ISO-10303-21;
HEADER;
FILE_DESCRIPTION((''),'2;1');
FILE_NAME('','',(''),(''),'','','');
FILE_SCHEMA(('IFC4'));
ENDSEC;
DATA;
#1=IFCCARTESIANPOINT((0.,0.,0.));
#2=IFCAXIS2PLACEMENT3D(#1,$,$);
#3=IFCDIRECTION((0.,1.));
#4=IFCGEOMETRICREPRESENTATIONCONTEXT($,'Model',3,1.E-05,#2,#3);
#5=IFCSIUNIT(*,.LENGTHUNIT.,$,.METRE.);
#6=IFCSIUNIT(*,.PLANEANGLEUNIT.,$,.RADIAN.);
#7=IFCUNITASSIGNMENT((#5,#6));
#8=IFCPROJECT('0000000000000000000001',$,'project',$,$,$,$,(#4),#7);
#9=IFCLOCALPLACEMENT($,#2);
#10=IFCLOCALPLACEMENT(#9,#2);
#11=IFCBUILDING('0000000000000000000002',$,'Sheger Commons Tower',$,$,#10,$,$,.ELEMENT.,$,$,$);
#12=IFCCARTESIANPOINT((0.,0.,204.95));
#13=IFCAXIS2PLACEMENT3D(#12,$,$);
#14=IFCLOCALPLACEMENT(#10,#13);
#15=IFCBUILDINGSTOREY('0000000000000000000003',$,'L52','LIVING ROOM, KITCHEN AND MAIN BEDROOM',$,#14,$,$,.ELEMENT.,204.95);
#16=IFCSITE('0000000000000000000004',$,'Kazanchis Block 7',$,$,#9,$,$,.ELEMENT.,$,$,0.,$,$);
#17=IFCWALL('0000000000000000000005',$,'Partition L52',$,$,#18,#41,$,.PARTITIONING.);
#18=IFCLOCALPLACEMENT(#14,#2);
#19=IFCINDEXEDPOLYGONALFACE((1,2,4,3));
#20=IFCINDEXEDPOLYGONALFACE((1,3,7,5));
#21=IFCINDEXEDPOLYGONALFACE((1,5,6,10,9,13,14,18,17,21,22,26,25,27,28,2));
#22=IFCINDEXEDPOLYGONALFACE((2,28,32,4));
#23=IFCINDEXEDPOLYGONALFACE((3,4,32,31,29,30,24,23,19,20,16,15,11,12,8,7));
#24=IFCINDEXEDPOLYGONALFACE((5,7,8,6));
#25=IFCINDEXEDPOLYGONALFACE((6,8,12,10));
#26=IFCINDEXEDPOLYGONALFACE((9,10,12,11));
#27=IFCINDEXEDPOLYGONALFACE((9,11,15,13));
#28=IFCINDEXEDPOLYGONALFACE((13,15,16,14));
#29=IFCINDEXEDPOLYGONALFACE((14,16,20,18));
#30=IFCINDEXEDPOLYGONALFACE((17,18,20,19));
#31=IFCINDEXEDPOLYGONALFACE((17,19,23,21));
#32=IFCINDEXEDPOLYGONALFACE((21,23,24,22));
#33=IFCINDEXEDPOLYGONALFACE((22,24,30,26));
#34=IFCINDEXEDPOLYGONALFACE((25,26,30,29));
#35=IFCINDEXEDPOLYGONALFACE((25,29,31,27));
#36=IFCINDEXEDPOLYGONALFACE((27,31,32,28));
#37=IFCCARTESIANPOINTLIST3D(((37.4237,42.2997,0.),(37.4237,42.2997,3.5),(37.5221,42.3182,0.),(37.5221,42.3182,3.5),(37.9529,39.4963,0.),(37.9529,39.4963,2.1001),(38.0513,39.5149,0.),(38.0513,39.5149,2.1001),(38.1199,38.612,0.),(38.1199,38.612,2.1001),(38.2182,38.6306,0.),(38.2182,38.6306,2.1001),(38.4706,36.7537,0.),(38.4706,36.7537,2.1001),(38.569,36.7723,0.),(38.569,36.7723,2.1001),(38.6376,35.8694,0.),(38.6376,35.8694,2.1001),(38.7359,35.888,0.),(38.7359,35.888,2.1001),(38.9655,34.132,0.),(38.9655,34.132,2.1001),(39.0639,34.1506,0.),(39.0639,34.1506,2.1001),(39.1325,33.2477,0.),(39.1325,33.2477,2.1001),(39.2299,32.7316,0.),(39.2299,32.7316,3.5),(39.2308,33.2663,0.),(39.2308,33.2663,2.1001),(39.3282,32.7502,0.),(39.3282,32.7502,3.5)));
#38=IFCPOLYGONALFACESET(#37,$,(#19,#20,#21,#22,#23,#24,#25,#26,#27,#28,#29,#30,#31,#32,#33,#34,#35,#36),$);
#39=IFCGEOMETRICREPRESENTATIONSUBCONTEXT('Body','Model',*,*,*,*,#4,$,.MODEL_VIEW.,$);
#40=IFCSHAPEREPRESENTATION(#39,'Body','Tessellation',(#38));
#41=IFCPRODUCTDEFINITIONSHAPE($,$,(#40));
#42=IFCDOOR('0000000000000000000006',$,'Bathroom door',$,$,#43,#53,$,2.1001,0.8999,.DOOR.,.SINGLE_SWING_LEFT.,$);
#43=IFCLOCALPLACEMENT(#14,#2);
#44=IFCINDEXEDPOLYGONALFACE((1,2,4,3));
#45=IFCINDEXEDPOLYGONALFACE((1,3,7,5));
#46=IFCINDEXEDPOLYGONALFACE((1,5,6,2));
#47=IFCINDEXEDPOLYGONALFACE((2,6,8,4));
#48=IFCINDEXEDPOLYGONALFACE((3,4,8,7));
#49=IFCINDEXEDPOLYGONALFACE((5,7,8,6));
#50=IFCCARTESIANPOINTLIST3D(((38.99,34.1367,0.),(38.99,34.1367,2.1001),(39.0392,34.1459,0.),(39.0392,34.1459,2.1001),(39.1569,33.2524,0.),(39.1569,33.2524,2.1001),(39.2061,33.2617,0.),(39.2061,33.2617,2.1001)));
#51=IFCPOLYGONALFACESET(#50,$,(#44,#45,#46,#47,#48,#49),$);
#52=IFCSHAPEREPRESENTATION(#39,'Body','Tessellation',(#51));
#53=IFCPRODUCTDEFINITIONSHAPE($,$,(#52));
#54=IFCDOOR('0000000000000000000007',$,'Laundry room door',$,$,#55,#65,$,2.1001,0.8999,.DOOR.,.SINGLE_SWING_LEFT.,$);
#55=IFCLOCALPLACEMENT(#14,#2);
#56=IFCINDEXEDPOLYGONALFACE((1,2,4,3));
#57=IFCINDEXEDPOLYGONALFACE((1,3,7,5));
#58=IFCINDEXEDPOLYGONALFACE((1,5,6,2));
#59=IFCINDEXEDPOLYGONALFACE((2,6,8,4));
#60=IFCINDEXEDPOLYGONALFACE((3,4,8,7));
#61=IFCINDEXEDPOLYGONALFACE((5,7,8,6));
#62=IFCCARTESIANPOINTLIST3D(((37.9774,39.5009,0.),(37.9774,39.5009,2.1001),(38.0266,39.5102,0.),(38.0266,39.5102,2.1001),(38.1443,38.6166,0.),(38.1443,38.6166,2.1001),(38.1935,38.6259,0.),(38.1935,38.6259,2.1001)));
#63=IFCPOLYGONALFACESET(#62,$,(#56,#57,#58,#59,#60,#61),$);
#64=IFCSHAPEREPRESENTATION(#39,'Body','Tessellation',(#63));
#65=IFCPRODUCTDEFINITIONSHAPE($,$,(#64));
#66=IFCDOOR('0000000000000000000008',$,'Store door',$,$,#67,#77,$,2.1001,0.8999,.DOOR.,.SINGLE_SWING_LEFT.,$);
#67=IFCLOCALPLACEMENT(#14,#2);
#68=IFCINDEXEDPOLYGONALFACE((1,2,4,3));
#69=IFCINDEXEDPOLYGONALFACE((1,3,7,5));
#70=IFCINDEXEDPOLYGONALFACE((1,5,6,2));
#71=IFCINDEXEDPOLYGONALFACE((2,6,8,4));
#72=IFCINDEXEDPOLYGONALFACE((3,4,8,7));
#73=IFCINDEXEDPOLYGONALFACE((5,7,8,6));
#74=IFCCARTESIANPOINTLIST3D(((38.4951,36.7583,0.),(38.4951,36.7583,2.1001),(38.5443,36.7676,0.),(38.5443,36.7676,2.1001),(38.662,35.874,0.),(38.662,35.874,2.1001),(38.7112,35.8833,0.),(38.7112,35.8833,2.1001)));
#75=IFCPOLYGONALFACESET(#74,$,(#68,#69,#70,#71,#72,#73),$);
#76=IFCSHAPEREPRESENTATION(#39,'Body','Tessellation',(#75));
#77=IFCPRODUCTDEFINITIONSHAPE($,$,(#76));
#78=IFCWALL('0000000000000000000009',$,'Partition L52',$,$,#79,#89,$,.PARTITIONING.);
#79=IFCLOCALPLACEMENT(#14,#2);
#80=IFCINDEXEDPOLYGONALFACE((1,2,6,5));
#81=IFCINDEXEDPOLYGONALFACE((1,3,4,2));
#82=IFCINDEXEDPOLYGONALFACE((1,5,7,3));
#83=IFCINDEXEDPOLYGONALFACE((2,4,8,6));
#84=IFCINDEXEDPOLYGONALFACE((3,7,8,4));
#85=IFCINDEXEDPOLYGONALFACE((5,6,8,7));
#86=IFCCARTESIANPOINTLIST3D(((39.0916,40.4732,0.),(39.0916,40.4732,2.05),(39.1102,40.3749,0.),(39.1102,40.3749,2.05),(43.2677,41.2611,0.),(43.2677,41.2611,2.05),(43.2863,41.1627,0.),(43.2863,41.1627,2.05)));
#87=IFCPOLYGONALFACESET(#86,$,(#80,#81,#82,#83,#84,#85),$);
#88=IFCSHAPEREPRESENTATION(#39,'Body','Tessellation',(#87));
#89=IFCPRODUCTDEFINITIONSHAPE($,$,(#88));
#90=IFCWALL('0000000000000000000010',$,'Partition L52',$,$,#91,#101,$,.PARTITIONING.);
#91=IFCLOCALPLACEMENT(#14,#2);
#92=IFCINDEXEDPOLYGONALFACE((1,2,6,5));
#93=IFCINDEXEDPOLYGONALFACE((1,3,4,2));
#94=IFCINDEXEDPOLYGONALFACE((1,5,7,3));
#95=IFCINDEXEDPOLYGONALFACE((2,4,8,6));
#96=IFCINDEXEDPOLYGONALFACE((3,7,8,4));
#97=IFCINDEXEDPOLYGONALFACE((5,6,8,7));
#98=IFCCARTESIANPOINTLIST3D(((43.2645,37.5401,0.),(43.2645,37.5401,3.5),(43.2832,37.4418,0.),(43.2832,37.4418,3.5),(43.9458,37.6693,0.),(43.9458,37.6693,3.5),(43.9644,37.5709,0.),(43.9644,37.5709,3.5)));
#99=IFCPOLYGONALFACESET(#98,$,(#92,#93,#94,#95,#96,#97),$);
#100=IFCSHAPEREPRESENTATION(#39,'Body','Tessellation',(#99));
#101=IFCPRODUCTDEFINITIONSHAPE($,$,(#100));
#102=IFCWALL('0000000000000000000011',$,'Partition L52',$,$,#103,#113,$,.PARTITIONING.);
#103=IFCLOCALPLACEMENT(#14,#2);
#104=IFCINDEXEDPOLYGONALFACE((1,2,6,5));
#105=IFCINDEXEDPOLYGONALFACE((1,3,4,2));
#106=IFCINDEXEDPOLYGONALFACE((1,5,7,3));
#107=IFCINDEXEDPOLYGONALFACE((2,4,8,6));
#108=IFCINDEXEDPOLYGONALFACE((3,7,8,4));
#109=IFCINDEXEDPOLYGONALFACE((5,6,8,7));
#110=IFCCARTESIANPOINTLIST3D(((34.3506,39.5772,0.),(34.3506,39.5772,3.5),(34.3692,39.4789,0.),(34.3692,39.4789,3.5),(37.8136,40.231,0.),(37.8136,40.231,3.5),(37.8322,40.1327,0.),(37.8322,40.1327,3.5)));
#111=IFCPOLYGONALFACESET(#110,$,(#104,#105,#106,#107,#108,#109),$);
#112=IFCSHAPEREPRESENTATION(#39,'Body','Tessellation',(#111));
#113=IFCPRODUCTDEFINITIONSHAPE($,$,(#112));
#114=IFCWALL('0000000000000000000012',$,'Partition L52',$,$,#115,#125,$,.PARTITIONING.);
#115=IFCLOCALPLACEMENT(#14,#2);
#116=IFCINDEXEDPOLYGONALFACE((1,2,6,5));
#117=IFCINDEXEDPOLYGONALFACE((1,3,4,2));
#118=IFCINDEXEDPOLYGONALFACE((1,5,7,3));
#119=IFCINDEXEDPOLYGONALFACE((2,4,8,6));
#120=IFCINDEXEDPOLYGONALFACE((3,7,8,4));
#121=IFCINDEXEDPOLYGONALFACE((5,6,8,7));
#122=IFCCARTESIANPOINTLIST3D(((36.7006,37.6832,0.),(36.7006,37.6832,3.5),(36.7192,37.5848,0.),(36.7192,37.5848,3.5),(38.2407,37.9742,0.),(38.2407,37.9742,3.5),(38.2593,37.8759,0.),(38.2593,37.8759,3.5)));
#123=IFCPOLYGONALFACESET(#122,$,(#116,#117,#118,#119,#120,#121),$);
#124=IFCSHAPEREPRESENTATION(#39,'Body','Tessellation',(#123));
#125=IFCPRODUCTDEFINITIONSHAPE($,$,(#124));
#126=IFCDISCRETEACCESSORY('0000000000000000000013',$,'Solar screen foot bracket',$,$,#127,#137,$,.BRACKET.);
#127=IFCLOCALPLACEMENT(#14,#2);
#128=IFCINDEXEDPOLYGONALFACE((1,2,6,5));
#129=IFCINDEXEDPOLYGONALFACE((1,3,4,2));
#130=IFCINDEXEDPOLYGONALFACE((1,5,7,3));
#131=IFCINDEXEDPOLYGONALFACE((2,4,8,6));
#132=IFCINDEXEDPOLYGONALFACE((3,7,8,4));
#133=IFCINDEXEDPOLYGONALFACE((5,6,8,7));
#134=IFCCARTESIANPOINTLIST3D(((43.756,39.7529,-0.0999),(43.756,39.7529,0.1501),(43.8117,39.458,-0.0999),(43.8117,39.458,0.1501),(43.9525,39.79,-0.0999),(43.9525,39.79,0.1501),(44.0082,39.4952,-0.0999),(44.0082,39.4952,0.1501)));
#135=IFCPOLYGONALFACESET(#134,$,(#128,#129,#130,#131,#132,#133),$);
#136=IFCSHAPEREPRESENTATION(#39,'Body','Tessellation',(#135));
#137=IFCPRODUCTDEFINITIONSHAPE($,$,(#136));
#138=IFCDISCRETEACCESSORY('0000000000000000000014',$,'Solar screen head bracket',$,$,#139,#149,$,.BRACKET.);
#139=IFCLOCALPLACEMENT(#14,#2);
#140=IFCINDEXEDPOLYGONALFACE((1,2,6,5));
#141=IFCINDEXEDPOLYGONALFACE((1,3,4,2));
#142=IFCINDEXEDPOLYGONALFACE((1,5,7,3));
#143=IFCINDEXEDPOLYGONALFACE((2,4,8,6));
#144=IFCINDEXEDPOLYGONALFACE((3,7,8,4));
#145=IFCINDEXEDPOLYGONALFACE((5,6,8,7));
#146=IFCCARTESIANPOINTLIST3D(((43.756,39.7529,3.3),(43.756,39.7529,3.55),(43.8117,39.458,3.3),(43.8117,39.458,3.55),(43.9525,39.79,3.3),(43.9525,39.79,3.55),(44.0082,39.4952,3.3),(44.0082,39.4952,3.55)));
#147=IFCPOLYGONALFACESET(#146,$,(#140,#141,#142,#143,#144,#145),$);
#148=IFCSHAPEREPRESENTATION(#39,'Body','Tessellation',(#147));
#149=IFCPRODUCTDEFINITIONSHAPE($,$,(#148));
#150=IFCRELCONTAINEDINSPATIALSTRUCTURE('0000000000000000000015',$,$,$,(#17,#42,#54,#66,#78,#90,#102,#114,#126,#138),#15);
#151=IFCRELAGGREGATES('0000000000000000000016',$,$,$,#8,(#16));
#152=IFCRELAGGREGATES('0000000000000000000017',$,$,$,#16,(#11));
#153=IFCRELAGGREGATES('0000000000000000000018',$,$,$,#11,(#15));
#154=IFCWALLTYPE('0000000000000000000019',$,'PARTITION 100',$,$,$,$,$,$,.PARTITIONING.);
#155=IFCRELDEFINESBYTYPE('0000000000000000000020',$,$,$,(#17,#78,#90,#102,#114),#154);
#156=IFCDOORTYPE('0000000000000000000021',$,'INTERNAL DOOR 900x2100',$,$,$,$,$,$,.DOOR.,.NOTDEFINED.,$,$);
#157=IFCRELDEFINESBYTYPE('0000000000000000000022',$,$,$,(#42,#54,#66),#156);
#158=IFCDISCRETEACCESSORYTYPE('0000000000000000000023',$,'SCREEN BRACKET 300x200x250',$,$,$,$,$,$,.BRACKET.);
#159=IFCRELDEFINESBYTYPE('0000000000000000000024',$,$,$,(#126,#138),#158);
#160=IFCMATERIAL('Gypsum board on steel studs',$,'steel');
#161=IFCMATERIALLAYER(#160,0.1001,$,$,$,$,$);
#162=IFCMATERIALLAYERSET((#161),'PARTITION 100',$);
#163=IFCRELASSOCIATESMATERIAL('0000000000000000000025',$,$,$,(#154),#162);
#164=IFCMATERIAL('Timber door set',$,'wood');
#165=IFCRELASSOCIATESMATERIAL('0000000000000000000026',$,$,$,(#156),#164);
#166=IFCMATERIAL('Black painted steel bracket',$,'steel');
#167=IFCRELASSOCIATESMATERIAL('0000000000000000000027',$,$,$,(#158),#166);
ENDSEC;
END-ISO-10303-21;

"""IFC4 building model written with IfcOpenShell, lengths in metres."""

from ifc_helpers import new_model, si_unit, direction, frame, frame_2d, origin, origin_2d, place, context, subcontext, project, spatial, rectangle, extrude, material, layer, layer_set, type_object, element, fill, save


model = new_model("IFC4")

# Units and contexts
model_context = context("Model", 3, precision=1e-05, world=origin(), true_north=direction((0.0, 1.0)))
body_context = subcontext(model_context, "Body", "Model", "MODEL_VIEW")
ifc_project = project(units=[si_unit("LENGTHUNIT", "METRE"), si_unit("PLANEANGLEUNIT", "RADIAN")], contexts=[model_context])

# Site, building, storey
site_placement = place(None, origin())
site = spatial("IfcSite", under=ifc_project, at=site_placement, Name="Kazanchis Block 7", CompositionType="ELEMENT", RefElevation=0.0)
building_placement = place(site_placement, origin())
building = spatial("IfcBuilding", under=site, at=building_placement, Name="Sheger Commons Tower", CompositionType="ELEMENT")
storey_placement = place(building_placement, frame((0.0, 0.0, 204.95)))
storey = spatial("IfcBuildingStorey", under=building, at=storey_placement, Name="L52", Description="LIVING ROOM, KITCHEN AND MAIN BEDROOM", CompositionType="ELEMENT", Elevation=204.95)

# Shared definitions
ifc_material_1 = material(Name="Gypsum board on steel studs", Category="steel")
ifc_layer_1 = layer(ifc_material_1, 0.1001)
ifc_layer_set_1 = layer_set([ifc_layer_1], Name="PARTITION 100")
wall_type_1 = type_object("IfcWallType", Name="PARTITION 100", PredefinedType="PARTITIONING", material=ifc_layer_set_1)

# Wall, openings, doors
ifc_material_2 = material(Name="Timber door set", Category="wood")
door_type = type_object("IfcDoorType", Name="INTERNAL DOOR 900x2100", OperationType="NOTDEFINED", PredefinedType="DOOR", material=ifc_material_2)
wall_1_placement = place(storey_placement, frame((37.4729, 42.3091, 0.0), z_axis=(0.0, 0.0, 1.0), x_axis=(0.185492, -0.982646, 0.0)))
wall_1 = element("IfcWall", 1, at=wall_1_placement, inside=storey, type_object=wall_type_1, Name="Partition L52", PredefinedType="PARTITIONING", context=body_context, shape_type="SweptSolid", body=[
    extrude(rectangle(XDim=9.7371, YDim=0.1001, at=frame_2d((4.8687, 0.0))), origin(), (0.0, 0.0, 1.0), 3.5),
])
opening_1_placement = place(wall_1_placement, frame((8.312, 0.0, 0.0)))
opening_1 = element("IfcOpeningElement", 2, at=opening_1_placement, cuts=wall_1, PredefinedType="OPENING", context=body_context, shape_type="SweptSolid", body=[
    extrude(rectangle(XDim=0.8999, YDim=2.1001, at=frame_2d((0.45, 1.05))), frame((0.0, 0.0601, 0.0), z_axis=(0.0, -1.0, 0.0), x_axis=(1.0, 0.0, 0.0)), (0.0, 0.0, 1.0), 0.1201),
])
opening_2_placement = place(wall_1_placement, frame((2.853, 0.0, 0.0)))
opening_2 = element("IfcOpeningElement", 3, at=opening_2_placement, cuts=wall_1, PredefinedType="OPENING", context=body_context, shape_type="SweptSolid", body=[
    extrude(rectangle(XDim=0.8999, YDim=2.1001, at=frame_2d((0.45, 1.05))), frame((0.0, 0.0601, 0.0), z_axis=(0.0, -1.0, 0.0), x_axis=(1.0, 0.0, 0.0)), (0.0, 0.0, 1.0), 0.1201),
])
opening_3_placement = place(wall_1_placement, frame((5.644, 0.0, 0.0)))
opening_3 = element("IfcOpeningElement", 4, at=opening_3_placement, cuts=wall_1, PredefinedType="OPENING", context=body_context, shape_type="SweptSolid", body=[
    extrude(rectangle(XDim=0.8999, YDim=2.1001, at=frame_2d((0.45, 1.05))), frame((0.0, 0.0601, 0.0), z_axis=(0.0, -1.0, 0.0), x_axis=(1.0, 0.0, 0.0)), (0.0, 0.0, 1.0), 0.1201),
])
door_1_placement = place(opening_1_placement, origin())
door_1 = element("IfcDoor", 5, at=door_1_placement, inside=storey, type_object=door_type, Name="Bathroom door", OperationType="SINGLE_SWING_LEFT", OverallHeight=2.1001, OverallWidth=0.8999, PredefinedType="DOOR", context=body_context, shape_type="SweptSolid", body=[
    extrude(rectangle(XDim=0.8999, YDim=2.1001, at=frame_2d((0.45, 1.05))), frame((0.0, 0.0249, 0.0), z_axis=(0.0, -1.0, 0.0), x_axis=(1.0, 0.0, 0.0)), (0.0, 0.0, 1.0), 0.05),
])
fill(opening_1, door_1)
door_2_placement = place(opening_2_placement, origin())
door_2 = element("IfcDoor", 6, at=door_2_placement, inside=storey, type_object=door_type, Name="Laundry room door", OperationType="SINGLE_SWING_LEFT", OverallHeight=2.1001, OverallWidth=0.8999, PredefinedType="DOOR", context=body_context, shape_type="SweptSolid", body=[
    extrude(rectangle(XDim=0.8999, YDim=2.1001, at=frame_2d((0.45, 1.05))), frame((0.0, 0.0249, 0.0), z_axis=(0.0, -1.0, 0.0), x_axis=(1.0, 0.0, 0.0)), (0.0, 0.0, 1.0), 0.05),
])
fill(opening_2, door_2)
door_3_placement = place(opening_3_placement, origin())
door_3 = element("IfcDoor", 7, at=door_3_placement, inside=storey, type_object=door_type, Name="Store door", OperationType="SINGLE_SWING_LEFT", OverallHeight=2.1001, OverallWidth=0.8999, PredefinedType="DOOR", context=body_context, shape_type="SweptSolid", body=[
    extrude(rectangle(XDim=0.8999, YDim=2.1001, at=frame_2d((0.45, 1.05))), frame((0.0, 0.0249, 0.0), z_axis=(0.0, -1.0, 0.0), x_axis=(1.0, 0.0, 0.0)), (0.0, 0.0, 1.0), 0.05),
])
fill(opening_3, door_3)

# Walls
wall_2_placement = place(storey_placement, frame((43.2771, 41.2119, 0.0), z_axis=(0.0, 0.0, 1.0), x_axis=(-0.982665, -0.185388, 0.0)))
element("IfcWall", 8, at=wall_2_placement, inside=storey, type_object=wall_type_1, Name="Partition L52", PredefinedType="PARTITIONING", context=body_context, shape_type="SweptSolid", body=[
    extrude(rectangle(XDim=4.2498, YDim=0.1001, at=frame_2d((2.125, 0.0))), origin(), (0.0, 0.0, 1.0), 2.05),
])
wall_3_placement = place(storey_placement, frame((43.9551, 37.6201, 0.0), z_axis=(0.0, 0.0, 1.0), x_axis=(-0.982495, -0.186287, 0.0)))
element("IfcWall", 9, at=wall_3_placement, inside=storey, type_object=wall_type_1, Name="Partition L52", PredefinedType="PARTITIONING", context=body_context, shape_type="SweptSolid", body=[
    extrude(rectangle(XDim=0.6934, YDim=0.1001, at=frame_2d((0.3467, 0.0))), origin(), (0.0, 0.0, 1.0), 3.5),
])
wall_4_placement = place(storey_placement, frame((37.823, 40.1819, 0.0), z_axis=(0.0, 0.0, 1.0), x_axis=(-0.982639, -0.185527, 0.0)))
element("IfcWall", 10, at=wall_4_placement, inside=storey, type_object=wall_type_1, Name="Partition L52", PredefinedType="PARTITIONING", context=body_context, shape_type="SweptSolid", body=[
    extrude(rectangle(XDim=3.5242, YDim=0.1001, at=frame_2d((1.7622, 0.0))), origin(), (0.0, 0.0, 1.0), 3.5),
])
wall_5_placement = place(storey_placement, frame((38.25, 37.925, 0.0), z_axis=(0.0, 0.0, 1.0), x_axis=(-0.98261, -0.18568, 0.0)))
element("IfcWall", 11, at=wall_5_placement, inside=storey, type_object=wall_type_1, Name="Partition L52", PredefinedType="PARTITIONING", context=body_context, shape_type="SweptSolid", body=[
    extrude(rectangle(XDim=1.5674, YDim=0.1001, at=frame_2d((0.7837, 0.0))), origin(), (0.0, 0.0, 1.0), 3.5),
])

# Discrete accessories
ifc_material_3 = material(Name="Black painted steel bracket", Category="steel")
discrete_accessory_type = type_object("IfcDiscreteAccessoryType", Name="SCREEN BRACKET 300x200x250", PredefinedType="BRACKET", material=ifc_material_3)
for number, where, z_axis, x_axis, name in (
    (12, (43.8821, 39.624, -0.0999), (0.0, 0.0, 1.0), (-0.185615, 0.982623, 0.0), "Solar screen foot bracket"),
    (13, (43.8821, 39.624, 3.3), (0.0, 0.0, 1.0), (-0.185615, 0.982623, 0.0), "Solar screen head bracket"),
):
    element("IfcDiscreteAccessory", number, at=place(storey_placement, frame(where, z_axis=z_axis, x_axis=x_axis)), inside=storey, type_object=discrete_accessory_type, Name=name, PredefinedType="BRACKET", context=body_context, shape_type="SweptSolid", body=[
        extrude(rectangle(XDim=0.3, YDim=0.2, at=origin_2d()), origin(), (0.0, 0.0, 1.0), 0.25),
    ])

save(model, "model.ifc")
